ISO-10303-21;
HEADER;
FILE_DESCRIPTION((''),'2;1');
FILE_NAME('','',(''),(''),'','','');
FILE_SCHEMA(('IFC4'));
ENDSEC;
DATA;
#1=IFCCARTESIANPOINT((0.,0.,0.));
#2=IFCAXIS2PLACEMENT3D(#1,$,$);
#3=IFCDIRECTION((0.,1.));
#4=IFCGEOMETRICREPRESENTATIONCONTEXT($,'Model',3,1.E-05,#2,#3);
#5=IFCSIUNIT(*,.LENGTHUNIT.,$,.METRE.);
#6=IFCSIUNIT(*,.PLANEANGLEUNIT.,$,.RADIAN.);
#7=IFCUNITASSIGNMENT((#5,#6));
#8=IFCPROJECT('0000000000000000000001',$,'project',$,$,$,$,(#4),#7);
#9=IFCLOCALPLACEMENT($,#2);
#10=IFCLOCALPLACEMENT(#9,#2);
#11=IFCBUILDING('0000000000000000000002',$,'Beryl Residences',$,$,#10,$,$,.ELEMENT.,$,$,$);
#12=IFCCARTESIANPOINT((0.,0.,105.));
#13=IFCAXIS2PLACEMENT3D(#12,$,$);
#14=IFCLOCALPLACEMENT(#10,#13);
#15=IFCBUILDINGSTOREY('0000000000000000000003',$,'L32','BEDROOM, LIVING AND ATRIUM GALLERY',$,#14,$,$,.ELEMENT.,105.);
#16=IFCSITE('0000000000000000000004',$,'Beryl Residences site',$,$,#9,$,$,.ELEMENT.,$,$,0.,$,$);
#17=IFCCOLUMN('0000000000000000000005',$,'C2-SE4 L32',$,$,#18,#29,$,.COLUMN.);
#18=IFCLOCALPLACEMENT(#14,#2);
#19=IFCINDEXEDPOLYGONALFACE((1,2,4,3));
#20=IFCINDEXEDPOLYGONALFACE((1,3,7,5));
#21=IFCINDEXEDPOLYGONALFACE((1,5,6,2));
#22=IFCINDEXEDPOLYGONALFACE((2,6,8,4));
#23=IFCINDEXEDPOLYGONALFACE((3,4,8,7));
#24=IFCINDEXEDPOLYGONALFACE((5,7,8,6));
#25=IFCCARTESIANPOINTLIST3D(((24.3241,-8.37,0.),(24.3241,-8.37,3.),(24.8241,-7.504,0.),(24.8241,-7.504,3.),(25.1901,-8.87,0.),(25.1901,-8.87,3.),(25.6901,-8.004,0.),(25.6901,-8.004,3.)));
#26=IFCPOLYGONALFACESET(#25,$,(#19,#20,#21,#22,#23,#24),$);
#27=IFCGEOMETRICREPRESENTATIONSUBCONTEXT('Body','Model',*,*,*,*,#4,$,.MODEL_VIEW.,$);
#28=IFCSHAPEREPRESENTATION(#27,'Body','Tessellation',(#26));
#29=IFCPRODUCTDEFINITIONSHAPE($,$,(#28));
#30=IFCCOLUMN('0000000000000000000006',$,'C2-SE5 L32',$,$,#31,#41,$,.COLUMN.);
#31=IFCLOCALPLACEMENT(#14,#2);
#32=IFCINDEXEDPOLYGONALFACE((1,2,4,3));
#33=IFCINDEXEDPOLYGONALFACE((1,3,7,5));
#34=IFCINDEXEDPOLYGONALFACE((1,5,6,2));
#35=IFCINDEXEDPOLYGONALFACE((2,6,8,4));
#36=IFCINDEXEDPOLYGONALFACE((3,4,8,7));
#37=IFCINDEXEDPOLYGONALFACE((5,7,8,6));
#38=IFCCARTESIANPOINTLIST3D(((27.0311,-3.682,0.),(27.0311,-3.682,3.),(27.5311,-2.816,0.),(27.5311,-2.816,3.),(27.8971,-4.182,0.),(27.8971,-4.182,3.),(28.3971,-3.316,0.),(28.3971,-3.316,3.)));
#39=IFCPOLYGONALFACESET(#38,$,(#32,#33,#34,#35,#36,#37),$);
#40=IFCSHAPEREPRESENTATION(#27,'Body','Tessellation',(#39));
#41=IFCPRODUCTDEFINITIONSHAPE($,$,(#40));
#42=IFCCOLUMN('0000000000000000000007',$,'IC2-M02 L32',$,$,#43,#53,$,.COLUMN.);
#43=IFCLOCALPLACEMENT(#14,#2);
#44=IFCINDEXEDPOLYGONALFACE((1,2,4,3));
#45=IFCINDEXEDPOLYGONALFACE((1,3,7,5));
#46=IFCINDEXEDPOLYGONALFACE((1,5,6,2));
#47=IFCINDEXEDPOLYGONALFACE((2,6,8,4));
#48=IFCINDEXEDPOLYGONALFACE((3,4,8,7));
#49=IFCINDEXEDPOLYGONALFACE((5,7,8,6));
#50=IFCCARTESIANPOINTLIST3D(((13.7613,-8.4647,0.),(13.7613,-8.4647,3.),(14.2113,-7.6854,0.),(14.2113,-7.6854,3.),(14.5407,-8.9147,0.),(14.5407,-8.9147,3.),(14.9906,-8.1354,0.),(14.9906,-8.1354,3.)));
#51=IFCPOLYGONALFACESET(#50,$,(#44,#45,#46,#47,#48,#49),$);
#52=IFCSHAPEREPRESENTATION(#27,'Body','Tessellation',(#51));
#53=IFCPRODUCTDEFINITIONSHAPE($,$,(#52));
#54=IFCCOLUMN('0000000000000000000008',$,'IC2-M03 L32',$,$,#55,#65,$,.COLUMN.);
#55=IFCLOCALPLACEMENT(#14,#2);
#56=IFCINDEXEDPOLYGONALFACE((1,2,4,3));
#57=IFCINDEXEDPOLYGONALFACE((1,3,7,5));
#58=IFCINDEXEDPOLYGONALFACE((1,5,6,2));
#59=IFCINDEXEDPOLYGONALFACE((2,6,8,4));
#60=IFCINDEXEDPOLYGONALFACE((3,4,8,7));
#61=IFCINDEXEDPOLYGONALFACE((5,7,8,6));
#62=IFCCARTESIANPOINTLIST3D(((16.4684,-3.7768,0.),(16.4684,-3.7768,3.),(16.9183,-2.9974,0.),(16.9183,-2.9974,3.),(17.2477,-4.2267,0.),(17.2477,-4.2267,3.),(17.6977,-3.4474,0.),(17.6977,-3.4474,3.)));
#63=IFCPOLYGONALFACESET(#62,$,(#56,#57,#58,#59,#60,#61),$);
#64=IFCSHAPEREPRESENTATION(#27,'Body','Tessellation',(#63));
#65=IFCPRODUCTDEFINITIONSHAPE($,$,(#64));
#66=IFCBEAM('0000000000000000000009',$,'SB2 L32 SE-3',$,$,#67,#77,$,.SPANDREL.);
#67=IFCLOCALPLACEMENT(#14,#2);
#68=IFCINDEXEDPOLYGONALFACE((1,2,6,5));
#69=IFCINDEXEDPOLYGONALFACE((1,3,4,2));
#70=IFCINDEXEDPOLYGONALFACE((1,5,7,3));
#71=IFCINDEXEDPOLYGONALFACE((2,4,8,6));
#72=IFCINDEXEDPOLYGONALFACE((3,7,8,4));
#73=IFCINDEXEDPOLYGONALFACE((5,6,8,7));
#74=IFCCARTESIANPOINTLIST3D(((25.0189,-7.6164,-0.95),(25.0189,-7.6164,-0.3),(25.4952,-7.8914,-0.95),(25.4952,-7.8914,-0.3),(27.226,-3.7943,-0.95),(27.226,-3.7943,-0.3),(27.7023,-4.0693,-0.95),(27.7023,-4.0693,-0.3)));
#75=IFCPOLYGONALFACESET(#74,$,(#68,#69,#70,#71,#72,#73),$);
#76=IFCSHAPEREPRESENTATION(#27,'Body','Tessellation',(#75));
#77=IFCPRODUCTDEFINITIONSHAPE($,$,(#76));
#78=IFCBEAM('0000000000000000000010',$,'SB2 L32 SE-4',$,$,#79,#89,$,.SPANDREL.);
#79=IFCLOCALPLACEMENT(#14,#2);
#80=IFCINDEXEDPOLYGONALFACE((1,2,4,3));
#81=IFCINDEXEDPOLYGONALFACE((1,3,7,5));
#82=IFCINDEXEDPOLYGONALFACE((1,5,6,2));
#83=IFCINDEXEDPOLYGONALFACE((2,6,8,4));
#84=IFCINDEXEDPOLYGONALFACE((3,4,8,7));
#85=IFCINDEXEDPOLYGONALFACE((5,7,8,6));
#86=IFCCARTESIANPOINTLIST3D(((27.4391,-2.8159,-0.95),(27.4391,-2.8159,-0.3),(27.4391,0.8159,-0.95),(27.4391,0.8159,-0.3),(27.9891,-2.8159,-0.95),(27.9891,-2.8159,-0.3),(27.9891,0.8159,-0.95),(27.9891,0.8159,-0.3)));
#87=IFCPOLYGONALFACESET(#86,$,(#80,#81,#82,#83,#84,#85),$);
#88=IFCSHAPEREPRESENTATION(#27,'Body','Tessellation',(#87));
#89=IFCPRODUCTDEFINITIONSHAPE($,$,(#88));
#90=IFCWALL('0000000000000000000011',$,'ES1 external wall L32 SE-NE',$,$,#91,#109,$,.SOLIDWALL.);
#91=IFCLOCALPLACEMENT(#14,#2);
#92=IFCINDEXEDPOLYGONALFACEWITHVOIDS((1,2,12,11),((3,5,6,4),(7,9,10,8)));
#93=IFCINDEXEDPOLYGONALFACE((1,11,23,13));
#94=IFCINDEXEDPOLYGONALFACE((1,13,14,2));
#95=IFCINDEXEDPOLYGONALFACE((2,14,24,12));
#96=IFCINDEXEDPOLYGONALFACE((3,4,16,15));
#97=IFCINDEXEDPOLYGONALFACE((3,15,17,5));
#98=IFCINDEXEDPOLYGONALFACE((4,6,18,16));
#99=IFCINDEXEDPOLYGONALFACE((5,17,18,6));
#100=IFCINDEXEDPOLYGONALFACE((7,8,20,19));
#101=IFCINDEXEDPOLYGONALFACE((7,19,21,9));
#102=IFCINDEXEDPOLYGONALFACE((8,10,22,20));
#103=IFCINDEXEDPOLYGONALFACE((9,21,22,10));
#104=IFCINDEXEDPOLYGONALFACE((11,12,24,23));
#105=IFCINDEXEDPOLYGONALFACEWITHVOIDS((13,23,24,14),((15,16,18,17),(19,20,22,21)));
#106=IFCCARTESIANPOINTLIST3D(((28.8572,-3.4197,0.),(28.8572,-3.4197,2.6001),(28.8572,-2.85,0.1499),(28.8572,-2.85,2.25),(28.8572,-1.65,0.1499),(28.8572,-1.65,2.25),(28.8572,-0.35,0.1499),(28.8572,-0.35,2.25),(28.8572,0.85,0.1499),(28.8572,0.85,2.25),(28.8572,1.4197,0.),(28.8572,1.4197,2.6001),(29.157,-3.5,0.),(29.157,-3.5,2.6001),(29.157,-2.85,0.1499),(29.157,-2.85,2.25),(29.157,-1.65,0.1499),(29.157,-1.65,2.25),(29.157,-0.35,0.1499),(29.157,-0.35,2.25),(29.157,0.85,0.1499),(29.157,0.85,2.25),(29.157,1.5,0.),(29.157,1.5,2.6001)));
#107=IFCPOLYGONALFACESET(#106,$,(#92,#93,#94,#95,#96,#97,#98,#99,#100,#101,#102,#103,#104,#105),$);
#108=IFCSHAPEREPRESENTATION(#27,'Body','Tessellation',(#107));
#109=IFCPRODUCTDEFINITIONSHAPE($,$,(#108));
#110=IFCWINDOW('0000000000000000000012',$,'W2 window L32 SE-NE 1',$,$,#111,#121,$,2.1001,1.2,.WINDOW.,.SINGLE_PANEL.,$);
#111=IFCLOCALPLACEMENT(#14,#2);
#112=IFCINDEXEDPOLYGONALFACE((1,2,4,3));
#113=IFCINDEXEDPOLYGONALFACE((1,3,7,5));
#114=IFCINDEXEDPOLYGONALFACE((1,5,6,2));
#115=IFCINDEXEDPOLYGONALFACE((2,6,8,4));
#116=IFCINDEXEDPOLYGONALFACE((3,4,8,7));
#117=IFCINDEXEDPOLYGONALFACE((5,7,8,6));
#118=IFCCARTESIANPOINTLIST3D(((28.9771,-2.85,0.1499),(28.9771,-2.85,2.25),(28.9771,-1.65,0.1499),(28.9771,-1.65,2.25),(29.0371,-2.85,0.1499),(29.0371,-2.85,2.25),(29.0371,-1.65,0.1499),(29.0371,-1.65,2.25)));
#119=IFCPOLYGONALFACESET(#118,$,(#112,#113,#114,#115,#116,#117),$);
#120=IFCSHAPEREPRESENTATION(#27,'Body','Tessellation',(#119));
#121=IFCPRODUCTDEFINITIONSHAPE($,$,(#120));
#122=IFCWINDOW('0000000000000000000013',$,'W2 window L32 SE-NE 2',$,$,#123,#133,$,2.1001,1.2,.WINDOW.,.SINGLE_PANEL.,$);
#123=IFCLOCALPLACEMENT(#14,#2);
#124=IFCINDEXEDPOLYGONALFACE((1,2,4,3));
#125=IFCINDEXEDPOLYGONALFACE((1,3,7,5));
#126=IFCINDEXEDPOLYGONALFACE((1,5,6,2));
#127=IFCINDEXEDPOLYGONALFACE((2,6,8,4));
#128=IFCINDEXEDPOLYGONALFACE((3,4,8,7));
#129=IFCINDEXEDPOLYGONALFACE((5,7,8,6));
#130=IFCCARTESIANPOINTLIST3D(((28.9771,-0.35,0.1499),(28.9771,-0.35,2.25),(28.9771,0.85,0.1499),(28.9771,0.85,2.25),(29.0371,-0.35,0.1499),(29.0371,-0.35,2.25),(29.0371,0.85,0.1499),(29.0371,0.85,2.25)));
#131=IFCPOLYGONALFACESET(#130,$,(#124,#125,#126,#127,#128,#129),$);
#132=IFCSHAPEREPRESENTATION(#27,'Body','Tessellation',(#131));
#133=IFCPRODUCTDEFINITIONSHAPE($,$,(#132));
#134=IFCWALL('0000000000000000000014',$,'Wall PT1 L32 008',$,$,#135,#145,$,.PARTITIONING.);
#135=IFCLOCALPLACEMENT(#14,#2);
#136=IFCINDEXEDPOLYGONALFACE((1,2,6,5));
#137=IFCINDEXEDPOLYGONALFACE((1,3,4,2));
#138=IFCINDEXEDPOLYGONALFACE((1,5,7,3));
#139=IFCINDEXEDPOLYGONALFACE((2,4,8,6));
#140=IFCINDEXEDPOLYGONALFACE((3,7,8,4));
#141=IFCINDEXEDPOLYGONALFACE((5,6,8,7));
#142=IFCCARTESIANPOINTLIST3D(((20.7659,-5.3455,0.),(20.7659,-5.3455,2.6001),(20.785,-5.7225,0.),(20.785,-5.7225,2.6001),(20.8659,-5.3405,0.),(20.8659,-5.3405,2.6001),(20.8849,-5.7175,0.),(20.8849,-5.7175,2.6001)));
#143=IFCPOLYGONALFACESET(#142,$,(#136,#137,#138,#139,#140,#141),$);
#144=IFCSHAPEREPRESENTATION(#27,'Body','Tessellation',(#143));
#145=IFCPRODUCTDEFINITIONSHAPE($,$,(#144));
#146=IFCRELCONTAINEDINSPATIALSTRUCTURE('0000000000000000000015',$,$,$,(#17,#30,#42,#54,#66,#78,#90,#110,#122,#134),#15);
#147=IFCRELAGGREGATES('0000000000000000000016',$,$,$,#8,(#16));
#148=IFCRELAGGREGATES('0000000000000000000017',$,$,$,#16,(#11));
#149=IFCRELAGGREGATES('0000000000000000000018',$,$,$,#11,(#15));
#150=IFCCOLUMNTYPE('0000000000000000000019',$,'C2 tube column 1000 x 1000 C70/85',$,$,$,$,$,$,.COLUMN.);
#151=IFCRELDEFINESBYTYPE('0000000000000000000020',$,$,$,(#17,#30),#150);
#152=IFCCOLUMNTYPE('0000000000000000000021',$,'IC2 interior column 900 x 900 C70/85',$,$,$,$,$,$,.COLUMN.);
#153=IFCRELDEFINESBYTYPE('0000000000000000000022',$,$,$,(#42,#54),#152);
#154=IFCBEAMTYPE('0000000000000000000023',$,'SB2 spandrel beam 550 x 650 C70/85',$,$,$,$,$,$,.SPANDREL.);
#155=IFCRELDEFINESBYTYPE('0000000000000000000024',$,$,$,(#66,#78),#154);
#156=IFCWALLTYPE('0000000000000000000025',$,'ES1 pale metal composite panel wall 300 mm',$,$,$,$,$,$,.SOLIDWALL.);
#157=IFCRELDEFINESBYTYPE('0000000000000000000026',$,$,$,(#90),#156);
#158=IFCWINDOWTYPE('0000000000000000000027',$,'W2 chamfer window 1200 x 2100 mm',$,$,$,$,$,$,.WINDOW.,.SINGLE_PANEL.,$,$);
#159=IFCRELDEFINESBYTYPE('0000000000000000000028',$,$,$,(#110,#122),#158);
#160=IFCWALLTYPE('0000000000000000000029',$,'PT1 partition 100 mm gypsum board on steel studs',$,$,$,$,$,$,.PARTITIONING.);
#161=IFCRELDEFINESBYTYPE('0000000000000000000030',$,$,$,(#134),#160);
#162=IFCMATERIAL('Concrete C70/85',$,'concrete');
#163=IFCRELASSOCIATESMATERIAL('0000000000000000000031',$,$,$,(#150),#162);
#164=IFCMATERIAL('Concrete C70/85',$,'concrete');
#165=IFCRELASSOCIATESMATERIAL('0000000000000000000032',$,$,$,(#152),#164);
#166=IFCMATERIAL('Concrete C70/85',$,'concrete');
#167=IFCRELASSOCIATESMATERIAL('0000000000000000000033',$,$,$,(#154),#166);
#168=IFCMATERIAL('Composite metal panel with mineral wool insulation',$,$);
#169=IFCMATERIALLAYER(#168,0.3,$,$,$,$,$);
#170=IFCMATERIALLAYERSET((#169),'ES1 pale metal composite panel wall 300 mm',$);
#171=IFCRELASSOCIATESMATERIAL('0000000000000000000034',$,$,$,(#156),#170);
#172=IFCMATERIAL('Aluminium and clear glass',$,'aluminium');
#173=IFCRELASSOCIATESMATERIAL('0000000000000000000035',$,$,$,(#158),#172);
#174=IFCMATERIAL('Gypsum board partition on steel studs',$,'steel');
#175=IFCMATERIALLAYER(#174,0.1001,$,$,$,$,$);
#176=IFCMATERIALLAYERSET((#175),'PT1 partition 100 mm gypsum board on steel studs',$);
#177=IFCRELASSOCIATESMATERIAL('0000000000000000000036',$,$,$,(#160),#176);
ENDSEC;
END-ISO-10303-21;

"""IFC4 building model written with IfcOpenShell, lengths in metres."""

from ifc_helpers import new_model, si_unit, direction, frame, frame_2d, origin, origin_2d, place, context, subcontext, project, spatial, polyline, rectangle, outline, extrude, material, layer, layer_set, material_profile, profile_set, type_object, element, fill, save


model = new_model("IFC4")

# Units and contexts
model_context = context("Model", 3, precision=1e-05, world=origin(), true_north=direction((0.0, 1.0)))
body_context = subcontext(model_context, "Body", "Model", "MODEL_VIEW")
ifc_project = project(units=[si_unit("LENGTHUNIT", "METRE"), si_unit("PLANEANGLEUNIT", "RADIAN")], contexts=[model_context])

# Site, building, storey
site_placement = place(None, origin())
site = spatial("IfcSite", under=ifc_project, at=site_placement, Name="Beryl Residences site", CompositionType="ELEMENT", RefElevation=0.0)
building_placement = place(site_placement, origin())
building = spatial("IfcBuilding", under=site, at=building_placement, Name="Beryl Residences", CompositionType="ELEMENT")
storey_placement = place(building_placement, frame((0.0, 0.0, 105.0)))
storey = spatial("IfcBuildingStorey", under=building, at=storey_placement, Name="L32", Description="BEDROOM, LIVING AND ATRIUM GALLERY", CompositionType="ELEMENT", Elevation=105.0)

# Columns
ifc_material_1 = material(Name="Concrete C70/85", Category="concrete")
ifc_material_profile_1 = material_profile(ifc_material_1, rectangle(XDim=1.0, YDim=1.0, at=origin_2d()))
ifc_profile_set_1 = profile_set([ifc_material_profile_1], Name="Concrete C70/85")
column_type_1 = type_object("IfcColumnType", Name="C2 tube column 1000 x 1000 C70/85", PredefinedType="COLUMN", material=ifc_profile_set_1)
for number, where, z_axis, x_axis, name in (
    (1, (25.0071, -8.187, 0.0), (0.0, 0.0, 1.0), (0.5, 0.866025, 0.0), "C2-SE4 L32"),
    (2, (27.7141, -3.499, 0.0), (0.0, 0.0, 1.0), (0.5, 0.866025, 0.0), "C2-SE5 L32"),
):
    element("IfcColumn", number, at=place(storey_placement, frame(where, z_axis=z_axis, x_axis=x_axis)), inside=storey, type_object=column_type_1, Name=name, PredefinedType="COLUMN", context=body_context, shape_type="SweptSolid", body=[
        extrude(rectangle(XDim=1.0, YDim=1.0, at=origin_2d()), origin(), (0.0, 0.0, 1.0), 3.0),
    ])
ifc_material_2 = material(Name="Concrete C70/85", Category="concrete")
ifc_material_profile_2 = material_profile(ifc_material_2, rectangle(XDim=0.8999, YDim=0.8999, at=origin_2d()))
ifc_profile_set_2 = profile_set([ifc_material_profile_2], Name="Concrete C70/85")
column_type_2 = type_object("IfcColumnType", Name="IC2 interior column 900 x 900 C70/85", PredefinedType="COLUMN", material=ifc_profile_set_2)
for number, where, z_axis, x_axis, name in (
    (3, (14.376, -8.3, 0.0), (0.0, 0.0, 1.0), (0.5, 0.866025, 0.0), "IC2-M02 L32"),
    (4, (17.083, -3.6121, 0.0), (0.0, 0.0, 1.0), (0.5, 0.866025, 0.0), "IC2-M03 L32"),
):
    element("IfcColumn", number, at=place(storey_placement, frame(where, z_axis=z_axis, x_axis=x_axis)), inside=storey, type_object=column_type_2, Name=name, PredefinedType="COLUMN", context=body_context, shape_type="SweptSolid", body=[
        extrude(rectangle(XDim=0.8999, YDim=0.8999, at=origin_2d()), origin(), (0.0, 0.0, 1.0), 3.0),
    ])

# Beams
ifc_material_3 = material(Name="Concrete C70/85", Category="concrete")
ifc_material_profile_3 = material_profile(ifc_material_3, rectangle(XDim=0.55, YDim=0.6499, at=origin_2d()))
ifc_profile_set_3 = profile_set([ifc_material_profile_3], Name="Concrete C70/85")
beam_type = type_object("IfcBeamType", Name="SB2 spandrel beam 550 x 650 C70/85", PredefinedType="SPANDREL", material=ifc_profile_set_3)
beam_1_placement = place(storey_placement, frame((25.2571, -7.7539, -0.625), z_axis=(0.500066, 0.865988, 0.0), x_axis=(-0.865988, 0.500066, 0.0)))
element("IfcBeam", 5, at=beam_1_placement, inside=storey, type_object=beam_type, Name="SB2 L32 SE-3", PredefinedType="SPANDREL", context=body_context, shape_type="SweptSolid", body=[
    extrude(rectangle(XDim=0.55, YDim=0.6499, at=origin_2d()), origin(), (0.0, 0.0, 1.0), 4.4136),
])
beam_2_placement = place(storey_placement, frame((27.7141, -2.8159, -0.625), z_axis=(0.0, 1.0, 0.0), x_axis=(-1.0, 0.0, 0.0)))
element("IfcBeam", 6, at=beam_2_placement, inside=storey, type_object=beam_type, Name="SB2 L32 SE-4", PredefinedType="SPANDREL", context=body_context, shape_type="SweptSolid", body=[
    extrude(rectangle(XDim=0.55, YDim=0.6499, at=origin_2d()), origin(), (0.0, 0.0, 1.0), 3.6318),
])

# Wall, openings, windows
ifc_material_4 = material(Name="Composite metal panel with mineral wool insulation")
ifc_layer_1 = layer(ifc_material_4, 0.3)
ifc_layer_set_1 = layer_set([ifc_layer_1], Name="ES1 pale metal composite panel wall 300 mm")
wall_type_1 = type_object("IfcWallType", Name="ES1 pale metal composite panel wall 300 mm", PredefinedType="SOLIDWALL", material=ifc_layer_set_1)
wall_1_placement = place(storey_placement, frame((29.0071, -3.5, 0.0), z_axis=(0.0, 0.0, 1.0), x_axis=(0.0, 1.0, 0.0)))
wall_1 = element("IfcWall", 7, at=wall_1_placement, inside=storey, type_object=wall_type_1, Name="ES1 external wall L32 SE-NE", PredefinedType="SOLIDWALL", context=body_context, shape_type="SweptSolid", body=[
    extrude(outline(polyline([(0.0, -0.1499), (5.0, -0.1499), (4.9197, 0.1499), (0.0803, 0.1499), (0.0, -0.1499)])), origin(), (0.0, 0.0, 1.0), 2.6001),
])
opening_1_placement = place(wall_1_placement, frame((0.6499, 0.0, 0.1499)))
opening_1 = element("IfcOpeningElement", 8, at=opening_1_placement, cuts=wall_1, PredefinedType="OPENING", context=body_context, shape_type="SweptSolid", body=[
    extrude(rectangle(XDim=1.2, YDim=2.1001, at=frame_2d((0.6001, 1.05))), frame((0.0, 0.1599, 0.0), z_axis=(0.0, -1.0, 0.0), x_axis=(1.0, 0.0, 0.0)), (0.0, 0.0, 1.0), 0.3201),
])
opening_2_placement = place(wall_1_placement, frame((3.1499, 0.0, 0.1499)))
opening_2 = element("IfcOpeningElement", 9, at=opening_2_placement, cuts=wall_1, PredefinedType="OPENING", context=body_context, shape_type="SweptSolid", body=[
    extrude(rectangle(XDim=1.2, YDim=2.1001, at=frame_2d((0.6001, 1.05))), frame((0.0, 0.1599, 0.0), z_axis=(0.0, -1.0, 0.0), x_axis=(1.0, 0.0, 0.0)), (0.0, 0.0, 1.0), 0.3201),
])
ifc_material_5 = material(Name="Aluminium and clear glass", Category="aluminium")
window_type = type_object("IfcWindowType", Name="W2 chamfer window 1200 x 2100 mm", PartitioningType="SINGLE_PANEL", PredefinedType="WINDOW", material=ifc_material_5)
window_1_placement = place(opening_1_placement, origin())
window_1 = element("IfcWindow", 10, at=window_1_placement, inside=storey, type_object=window_type, Name="W2 window L32 SE-NE 1", OverallHeight=2.1001, OverallWidth=1.2, PartitioningType="SINGLE_PANEL", PredefinedType="WINDOW", context=body_context, shape_type="SweptSolid", body=[
    extrude(rectangle(XDim=1.2, YDim=2.1001, at=frame_2d((0.6001, 1.05))), frame((0.0, 0.03, 0.0), z_axis=(0.0, -1.0, 0.0), x_axis=(1.0, 0.0, 0.0)), (0.0, 0.0, 1.0), 0.0601),
])
fill(opening_1, window_1)
window_2_placement = place(opening_2_placement, origin())
window_2 = element("IfcWindow", 11, at=window_2_placement, inside=storey, type_object=window_type, Name="W2 window L32 SE-NE 2", OverallHeight=2.1001, OverallWidth=1.2, PartitioningType="SINGLE_PANEL", PredefinedType="WINDOW", context=body_context, shape_type="SweptSolid", body=[
    extrude(rectangle(XDim=1.2, YDim=2.1001, at=frame_2d((0.6001, 1.05))), frame((0.0, 0.03, 0.0), z_axis=(0.0, -1.0, 0.0), x_axis=(1.0, 0.0, 0.0)), (0.0, 0.0, 1.0), 0.0601),
])
fill(opening_2, window_2)

# Wall
ifc_material_6 = material(Name="Gypsum board partition on steel studs", Category="steel")
ifc_layer_2 = layer(ifc_material_6, 0.1001)
ifc_layer_set_2 = layer_set([ifc_layer_2], Name="PT1 partition 100 mm gypsum board on steel studs")
wall_type_2 = type_object("IfcWallType", Name="PT1 partition 100 mm gypsum board on steel studs", PredefinedType="PARTITIONING", material=ifc_layer_set_2)
wall_2_placement = place(storey_placement, frame((20.8159, -5.343, 0.0), z_axis=(0.0, 0.0, 1.0), x_axis=(0.050454, -0.998726, 0.0)))
element("IfcWall", 12, at=wall_2_placement, inside=storey, type_object=wall_type_2, Name="Wall PT1 L32 008", PredefinedType="PARTITIONING", context=body_context, shape_type="SweptSolid", body=[
    extrude(rectangle(XDim=0.3774, YDim=0.1001, at=frame_2d((0.1887, 0.0))), origin(), (0.0, 0.0, 1.0), 2.6001),
])

save(model, "model.ifc")
